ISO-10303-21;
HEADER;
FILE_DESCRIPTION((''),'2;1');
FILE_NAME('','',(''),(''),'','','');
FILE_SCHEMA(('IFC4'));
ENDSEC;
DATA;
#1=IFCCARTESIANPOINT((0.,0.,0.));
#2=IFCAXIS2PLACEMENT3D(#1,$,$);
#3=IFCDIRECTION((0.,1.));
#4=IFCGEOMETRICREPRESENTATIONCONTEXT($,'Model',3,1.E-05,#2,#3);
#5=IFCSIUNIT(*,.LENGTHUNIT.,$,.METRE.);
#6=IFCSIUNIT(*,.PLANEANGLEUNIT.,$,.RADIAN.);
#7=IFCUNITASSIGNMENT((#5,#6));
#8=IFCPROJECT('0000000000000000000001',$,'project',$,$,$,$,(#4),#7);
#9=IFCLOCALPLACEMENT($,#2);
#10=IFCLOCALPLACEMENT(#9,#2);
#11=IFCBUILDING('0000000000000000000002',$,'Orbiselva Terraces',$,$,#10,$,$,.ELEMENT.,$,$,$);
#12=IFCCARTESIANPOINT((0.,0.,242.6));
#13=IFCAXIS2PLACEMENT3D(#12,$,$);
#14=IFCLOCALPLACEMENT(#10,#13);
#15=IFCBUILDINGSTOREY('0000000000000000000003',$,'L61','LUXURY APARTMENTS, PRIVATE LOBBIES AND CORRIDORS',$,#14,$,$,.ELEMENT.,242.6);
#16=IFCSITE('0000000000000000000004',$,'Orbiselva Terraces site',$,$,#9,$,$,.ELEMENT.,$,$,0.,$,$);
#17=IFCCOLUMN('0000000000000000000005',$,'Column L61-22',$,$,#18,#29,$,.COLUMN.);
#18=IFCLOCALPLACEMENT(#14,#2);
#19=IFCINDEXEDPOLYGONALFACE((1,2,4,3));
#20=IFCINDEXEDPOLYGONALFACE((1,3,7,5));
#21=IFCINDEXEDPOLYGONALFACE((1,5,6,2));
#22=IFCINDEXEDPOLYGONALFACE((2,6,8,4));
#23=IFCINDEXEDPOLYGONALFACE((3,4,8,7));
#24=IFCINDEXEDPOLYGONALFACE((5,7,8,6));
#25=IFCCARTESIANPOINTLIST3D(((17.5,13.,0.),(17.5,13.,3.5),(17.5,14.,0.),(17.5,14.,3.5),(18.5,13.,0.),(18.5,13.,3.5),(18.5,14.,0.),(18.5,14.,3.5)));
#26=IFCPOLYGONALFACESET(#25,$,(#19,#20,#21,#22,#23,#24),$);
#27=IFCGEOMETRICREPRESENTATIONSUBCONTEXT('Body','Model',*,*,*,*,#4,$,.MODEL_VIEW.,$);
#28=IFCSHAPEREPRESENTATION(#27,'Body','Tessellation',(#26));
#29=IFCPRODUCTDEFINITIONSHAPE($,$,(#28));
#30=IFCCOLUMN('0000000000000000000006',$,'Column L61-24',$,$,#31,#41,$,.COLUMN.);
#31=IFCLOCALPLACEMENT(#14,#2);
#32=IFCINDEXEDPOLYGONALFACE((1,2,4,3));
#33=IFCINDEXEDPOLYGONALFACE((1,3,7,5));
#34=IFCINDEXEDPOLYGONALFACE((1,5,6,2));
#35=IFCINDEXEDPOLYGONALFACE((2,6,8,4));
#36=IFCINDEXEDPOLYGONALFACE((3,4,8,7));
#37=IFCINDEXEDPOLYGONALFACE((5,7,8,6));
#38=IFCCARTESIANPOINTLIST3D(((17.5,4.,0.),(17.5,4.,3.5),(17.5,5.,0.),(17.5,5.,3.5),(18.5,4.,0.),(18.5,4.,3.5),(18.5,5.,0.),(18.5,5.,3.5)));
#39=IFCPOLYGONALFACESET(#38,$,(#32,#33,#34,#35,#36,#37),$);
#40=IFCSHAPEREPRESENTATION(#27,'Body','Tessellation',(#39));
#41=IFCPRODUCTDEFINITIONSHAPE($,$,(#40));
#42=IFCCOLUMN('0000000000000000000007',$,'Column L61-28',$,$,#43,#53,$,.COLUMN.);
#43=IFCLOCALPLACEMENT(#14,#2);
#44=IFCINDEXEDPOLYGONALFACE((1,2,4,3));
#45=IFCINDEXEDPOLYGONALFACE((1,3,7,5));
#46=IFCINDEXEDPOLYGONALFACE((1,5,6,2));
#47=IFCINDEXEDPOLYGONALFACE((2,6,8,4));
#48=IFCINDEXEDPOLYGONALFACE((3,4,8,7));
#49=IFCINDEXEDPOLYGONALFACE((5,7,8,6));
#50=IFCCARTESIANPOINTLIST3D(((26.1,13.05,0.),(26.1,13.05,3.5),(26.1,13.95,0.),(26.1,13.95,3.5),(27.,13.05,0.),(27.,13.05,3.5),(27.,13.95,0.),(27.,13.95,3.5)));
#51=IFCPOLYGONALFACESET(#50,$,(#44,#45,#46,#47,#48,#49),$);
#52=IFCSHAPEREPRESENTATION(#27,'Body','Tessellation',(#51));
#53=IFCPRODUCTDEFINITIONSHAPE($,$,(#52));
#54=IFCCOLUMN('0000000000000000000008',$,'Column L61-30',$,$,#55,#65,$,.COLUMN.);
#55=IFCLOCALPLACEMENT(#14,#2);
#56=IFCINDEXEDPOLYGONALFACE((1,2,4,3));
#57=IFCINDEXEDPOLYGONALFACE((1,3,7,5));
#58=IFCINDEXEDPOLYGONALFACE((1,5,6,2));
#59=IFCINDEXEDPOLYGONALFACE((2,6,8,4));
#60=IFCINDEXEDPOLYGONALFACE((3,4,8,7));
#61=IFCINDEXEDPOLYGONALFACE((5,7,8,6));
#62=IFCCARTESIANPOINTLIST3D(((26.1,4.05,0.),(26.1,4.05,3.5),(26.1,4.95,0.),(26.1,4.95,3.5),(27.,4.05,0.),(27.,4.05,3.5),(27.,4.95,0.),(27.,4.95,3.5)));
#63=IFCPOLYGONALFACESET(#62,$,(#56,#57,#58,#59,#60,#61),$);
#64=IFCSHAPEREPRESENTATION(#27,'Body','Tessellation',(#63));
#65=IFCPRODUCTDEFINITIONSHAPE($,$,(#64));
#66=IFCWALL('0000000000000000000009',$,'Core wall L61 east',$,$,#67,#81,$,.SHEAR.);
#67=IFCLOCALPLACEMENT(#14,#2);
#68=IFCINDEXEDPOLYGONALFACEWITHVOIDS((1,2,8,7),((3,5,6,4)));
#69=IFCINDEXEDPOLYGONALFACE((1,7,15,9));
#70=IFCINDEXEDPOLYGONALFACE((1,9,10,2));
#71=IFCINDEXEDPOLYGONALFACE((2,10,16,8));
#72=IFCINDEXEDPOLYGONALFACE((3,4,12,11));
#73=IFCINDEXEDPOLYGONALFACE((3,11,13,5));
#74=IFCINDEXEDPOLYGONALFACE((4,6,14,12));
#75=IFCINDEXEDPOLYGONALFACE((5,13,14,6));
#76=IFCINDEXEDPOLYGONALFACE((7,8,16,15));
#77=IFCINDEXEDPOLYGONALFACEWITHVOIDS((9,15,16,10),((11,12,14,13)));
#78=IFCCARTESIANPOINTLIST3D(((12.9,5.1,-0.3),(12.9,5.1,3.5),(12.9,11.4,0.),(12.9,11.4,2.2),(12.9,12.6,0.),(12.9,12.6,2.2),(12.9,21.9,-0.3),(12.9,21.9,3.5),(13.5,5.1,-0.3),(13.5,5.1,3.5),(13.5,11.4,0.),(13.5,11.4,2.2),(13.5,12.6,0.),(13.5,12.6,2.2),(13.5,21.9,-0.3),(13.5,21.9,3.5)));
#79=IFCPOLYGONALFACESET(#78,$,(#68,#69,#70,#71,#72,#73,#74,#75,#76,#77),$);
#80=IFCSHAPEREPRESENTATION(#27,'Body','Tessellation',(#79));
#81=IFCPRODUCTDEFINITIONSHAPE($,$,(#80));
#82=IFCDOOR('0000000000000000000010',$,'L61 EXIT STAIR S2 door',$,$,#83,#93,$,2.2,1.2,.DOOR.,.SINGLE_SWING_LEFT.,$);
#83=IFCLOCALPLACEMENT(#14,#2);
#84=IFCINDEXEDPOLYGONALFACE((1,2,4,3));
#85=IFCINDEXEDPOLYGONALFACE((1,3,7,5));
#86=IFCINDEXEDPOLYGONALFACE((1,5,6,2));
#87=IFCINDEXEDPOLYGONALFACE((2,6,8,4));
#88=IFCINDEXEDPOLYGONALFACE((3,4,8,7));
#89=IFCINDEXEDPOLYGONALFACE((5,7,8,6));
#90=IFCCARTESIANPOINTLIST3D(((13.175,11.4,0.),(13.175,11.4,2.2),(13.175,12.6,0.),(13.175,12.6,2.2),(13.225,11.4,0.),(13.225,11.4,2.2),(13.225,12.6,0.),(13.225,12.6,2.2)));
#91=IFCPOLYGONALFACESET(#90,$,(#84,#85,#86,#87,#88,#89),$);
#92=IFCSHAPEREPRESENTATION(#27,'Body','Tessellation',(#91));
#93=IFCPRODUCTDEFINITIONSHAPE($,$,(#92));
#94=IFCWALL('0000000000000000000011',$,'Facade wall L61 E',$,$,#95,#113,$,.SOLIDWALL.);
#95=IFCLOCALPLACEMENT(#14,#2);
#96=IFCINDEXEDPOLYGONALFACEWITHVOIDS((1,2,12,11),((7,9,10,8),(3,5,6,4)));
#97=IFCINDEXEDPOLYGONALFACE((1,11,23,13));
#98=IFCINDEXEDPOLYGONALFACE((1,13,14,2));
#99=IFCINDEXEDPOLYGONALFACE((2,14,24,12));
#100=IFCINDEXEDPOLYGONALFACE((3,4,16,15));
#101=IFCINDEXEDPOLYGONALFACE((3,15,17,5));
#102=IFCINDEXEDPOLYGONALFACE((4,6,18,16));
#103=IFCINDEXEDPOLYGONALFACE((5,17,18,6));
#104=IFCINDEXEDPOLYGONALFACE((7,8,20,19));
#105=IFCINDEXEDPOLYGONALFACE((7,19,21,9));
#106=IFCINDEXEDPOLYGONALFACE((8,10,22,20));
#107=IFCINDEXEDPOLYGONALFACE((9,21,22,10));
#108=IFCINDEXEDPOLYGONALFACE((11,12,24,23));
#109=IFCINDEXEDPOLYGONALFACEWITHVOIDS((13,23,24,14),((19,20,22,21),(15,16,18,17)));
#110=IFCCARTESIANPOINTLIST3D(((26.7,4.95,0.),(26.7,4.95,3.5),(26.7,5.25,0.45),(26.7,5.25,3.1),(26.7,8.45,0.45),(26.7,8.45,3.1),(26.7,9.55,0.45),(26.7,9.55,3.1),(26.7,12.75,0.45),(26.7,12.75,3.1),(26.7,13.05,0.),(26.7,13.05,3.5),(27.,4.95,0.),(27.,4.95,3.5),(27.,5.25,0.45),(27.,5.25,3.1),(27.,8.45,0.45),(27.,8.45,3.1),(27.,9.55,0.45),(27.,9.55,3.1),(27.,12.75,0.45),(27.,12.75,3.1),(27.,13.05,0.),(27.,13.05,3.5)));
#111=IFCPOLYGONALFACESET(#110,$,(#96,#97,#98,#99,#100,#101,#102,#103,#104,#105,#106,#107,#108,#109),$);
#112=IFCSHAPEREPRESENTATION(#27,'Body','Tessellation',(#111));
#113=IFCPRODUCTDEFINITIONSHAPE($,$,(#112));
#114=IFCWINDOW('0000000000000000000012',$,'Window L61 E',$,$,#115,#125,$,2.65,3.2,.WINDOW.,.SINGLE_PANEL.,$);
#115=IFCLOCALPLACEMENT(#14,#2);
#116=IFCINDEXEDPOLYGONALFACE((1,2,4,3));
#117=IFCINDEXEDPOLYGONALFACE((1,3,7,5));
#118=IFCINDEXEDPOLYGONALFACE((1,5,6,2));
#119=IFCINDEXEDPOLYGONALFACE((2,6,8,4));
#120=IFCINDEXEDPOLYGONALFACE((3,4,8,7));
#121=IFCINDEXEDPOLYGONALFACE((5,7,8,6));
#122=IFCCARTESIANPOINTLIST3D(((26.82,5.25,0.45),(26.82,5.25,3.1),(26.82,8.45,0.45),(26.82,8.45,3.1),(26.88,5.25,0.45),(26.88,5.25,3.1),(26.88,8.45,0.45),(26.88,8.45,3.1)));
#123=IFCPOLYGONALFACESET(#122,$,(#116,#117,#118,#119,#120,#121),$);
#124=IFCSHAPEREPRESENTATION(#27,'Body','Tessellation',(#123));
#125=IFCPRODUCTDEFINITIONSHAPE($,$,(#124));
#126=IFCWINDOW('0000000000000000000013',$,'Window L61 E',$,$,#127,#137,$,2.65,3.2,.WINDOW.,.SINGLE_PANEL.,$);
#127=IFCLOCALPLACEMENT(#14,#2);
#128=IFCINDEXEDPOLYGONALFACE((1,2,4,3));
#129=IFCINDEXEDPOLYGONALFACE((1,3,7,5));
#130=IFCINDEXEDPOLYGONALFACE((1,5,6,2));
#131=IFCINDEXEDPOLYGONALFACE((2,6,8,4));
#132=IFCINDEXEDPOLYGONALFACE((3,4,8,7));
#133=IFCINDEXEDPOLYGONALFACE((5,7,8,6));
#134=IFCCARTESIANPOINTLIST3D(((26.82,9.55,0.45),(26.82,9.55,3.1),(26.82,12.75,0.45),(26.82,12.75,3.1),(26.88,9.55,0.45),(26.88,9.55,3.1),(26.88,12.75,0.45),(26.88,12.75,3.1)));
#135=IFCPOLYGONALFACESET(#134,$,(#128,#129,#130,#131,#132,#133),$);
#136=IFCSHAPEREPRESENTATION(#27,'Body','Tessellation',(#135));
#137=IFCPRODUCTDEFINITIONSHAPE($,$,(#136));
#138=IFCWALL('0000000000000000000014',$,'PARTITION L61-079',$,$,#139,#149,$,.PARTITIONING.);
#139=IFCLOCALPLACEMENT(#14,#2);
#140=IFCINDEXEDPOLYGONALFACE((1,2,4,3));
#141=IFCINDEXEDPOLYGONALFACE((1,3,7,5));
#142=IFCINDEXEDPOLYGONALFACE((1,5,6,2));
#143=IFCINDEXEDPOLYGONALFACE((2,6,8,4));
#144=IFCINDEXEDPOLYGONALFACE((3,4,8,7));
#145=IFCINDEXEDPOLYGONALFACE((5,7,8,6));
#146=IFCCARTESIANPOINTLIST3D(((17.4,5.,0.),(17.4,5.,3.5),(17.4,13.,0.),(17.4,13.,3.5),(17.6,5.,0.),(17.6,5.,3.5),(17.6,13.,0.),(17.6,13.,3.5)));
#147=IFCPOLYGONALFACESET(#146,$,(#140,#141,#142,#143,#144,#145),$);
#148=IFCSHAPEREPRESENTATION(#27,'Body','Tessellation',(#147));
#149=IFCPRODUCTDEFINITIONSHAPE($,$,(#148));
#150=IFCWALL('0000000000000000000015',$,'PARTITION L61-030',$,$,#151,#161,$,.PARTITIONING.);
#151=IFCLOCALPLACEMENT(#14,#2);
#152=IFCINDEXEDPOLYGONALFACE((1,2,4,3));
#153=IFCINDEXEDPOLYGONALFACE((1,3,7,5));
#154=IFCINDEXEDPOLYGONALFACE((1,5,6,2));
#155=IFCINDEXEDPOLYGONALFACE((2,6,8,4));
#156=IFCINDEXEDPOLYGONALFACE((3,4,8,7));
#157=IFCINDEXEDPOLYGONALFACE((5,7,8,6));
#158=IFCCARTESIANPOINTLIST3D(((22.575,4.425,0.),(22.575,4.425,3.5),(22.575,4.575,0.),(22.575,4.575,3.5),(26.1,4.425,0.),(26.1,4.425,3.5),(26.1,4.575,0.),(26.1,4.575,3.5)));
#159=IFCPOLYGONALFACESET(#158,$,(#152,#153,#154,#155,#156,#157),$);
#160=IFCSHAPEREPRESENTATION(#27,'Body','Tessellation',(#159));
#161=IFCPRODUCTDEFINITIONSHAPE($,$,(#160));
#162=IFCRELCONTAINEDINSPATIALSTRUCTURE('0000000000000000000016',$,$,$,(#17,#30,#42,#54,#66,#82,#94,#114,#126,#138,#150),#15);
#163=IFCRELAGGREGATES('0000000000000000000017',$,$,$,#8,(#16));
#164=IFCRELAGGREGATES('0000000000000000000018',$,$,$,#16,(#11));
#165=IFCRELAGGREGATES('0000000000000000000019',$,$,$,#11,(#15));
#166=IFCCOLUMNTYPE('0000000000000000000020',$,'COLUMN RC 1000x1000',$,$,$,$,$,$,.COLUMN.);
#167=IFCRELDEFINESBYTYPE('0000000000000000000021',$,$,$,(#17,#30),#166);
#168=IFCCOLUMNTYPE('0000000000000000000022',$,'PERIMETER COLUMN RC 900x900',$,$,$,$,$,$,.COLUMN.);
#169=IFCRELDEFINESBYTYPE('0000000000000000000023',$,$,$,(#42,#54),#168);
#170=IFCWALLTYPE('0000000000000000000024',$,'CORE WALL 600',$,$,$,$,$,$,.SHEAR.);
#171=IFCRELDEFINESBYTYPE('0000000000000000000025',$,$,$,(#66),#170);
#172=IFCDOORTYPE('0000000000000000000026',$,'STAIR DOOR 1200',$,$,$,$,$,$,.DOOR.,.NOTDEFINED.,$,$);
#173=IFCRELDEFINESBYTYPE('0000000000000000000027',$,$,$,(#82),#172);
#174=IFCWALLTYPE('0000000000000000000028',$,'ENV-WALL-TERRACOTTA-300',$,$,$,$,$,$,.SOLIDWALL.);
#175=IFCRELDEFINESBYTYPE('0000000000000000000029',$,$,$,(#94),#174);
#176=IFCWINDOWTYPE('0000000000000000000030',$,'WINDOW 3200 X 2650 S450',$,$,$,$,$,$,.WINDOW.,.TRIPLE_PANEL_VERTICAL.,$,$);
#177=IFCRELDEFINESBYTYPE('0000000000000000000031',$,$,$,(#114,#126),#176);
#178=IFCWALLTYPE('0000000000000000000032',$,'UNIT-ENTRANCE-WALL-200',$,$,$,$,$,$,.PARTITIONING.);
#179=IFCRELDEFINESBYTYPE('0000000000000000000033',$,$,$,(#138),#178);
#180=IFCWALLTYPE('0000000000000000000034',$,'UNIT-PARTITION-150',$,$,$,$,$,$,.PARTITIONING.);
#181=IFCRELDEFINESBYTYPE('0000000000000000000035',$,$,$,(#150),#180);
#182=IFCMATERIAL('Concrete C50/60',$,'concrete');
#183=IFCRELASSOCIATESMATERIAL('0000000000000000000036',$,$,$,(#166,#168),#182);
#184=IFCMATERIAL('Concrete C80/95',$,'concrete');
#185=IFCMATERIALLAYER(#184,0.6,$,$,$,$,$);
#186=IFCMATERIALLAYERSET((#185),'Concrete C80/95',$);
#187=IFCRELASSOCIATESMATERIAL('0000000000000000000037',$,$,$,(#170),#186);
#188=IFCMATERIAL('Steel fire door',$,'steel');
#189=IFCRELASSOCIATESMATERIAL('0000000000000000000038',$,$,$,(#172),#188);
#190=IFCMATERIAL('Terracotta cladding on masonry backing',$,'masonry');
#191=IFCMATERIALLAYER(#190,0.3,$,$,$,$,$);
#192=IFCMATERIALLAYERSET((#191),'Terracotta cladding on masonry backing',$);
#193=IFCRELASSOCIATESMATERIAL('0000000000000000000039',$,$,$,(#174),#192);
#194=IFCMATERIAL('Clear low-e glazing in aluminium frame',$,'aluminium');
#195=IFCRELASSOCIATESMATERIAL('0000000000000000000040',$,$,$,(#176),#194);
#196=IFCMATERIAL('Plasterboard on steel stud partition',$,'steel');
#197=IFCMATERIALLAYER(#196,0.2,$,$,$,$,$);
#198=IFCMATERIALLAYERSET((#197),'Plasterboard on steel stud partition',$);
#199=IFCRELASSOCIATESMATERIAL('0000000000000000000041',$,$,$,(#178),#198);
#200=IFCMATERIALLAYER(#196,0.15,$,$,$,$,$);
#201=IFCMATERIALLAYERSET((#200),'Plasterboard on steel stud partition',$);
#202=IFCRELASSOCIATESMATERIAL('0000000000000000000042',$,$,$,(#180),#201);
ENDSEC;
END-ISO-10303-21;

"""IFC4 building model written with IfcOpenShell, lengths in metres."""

from ifc_helpers import new_model, si_unit, direction, frame, frame_2d, origin, origin_2d, place, context, subcontext, project, spatial, rectangle, extrude, material, layer, layer_set, material_profile, profile_set, type_object, element, fill, save


model = new_model("IFC4")

# Units and contexts
model_context = context("Model", 3, precision=1e-05, world=origin(), true_north=direction((0.0, 1.0)))
body_context = subcontext(model_context, "Body", "Model", "MODEL_VIEW")
ifc_project = project(units=[si_unit("LENGTHUNIT", "METRE"), si_unit("PLANEANGLEUNIT", "RADIAN")], contexts=[model_context])

# Site, building, storey
site_placement = place(None, origin())
site = spatial("IfcSite", under=ifc_project, at=site_placement, Name="Orbiselva Terraces site", CompositionType="ELEMENT", RefElevation=0.0)
building_placement = place(site_placement, origin())
building = spatial("IfcBuilding", under=site, at=building_placement, Name="Orbiselva Terraces", CompositionType="ELEMENT")
storey_placement = place(building_placement, frame((0.0, 0.0, 242.6)))
storey = spatial("IfcBuildingStorey", under=building, at=storey_placement, Name="L61", Description="LUXURY APARTMENTS, PRIVATE LOBBIES AND CORRIDORS", CompositionType="ELEMENT", Elevation=242.6)

# Columns
ifc_material_1 = material(Name="Concrete C50/60", Category="concrete")
ifc_material_profile_1 = material_profile(ifc_material_1, rectangle(XDim=1.0, YDim=1.0, at=origin_2d()), Name="RC 1000x1000")
ifc_profile_set_1 = profile_set([ifc_material_profile_1], Name="Concrete C50/60")
column_type_1 = type_object("IfcColumnType", Name="COLUMN RC 1000x1000", PredefinedType="COLUMN", material=ifc_profile_set_1)
for number, where, z_axis, x_axis, name in (
    (1, (18.0, 13.5, 0.0), (0.0, 0.0, 1.0), (1.0, 0.0, 0.0), "Column L61-22"),
    (2, (18.0, 4.5, 0.0), (0.0, 0.0, 1.0), (1.0, 0.0, 0.0), "Column L61-24"),
):
    element("IfcColumn", number, at=place(storey_placement, frame(where, z_axis=z_axis, x_axis=x_axis)), inside=storey, type_object=column_type_1, Name=name, PredefinedType="COLUMN", context=body_context, shape_type="SweptSolid", body=[
        extrude(rectangle(XDim=1.0, YDim=1.0, at=origin_2d()), origin(), (0.0, 0.0, 1.0), 3.5),
    ])
ifc_material_profile_2 = material_profile(ifc_material_1, rectangle(XDim=0.9, YDim=0.9, at=origin_2d()), Name="RC 900x900")
ifc_profile_set_2 = profile_set([ifc_material_profile_2], Name="Concrete C50/60")
column_type_2 = type_object("IfcColumnType", Name="PERIMETER COLUMN RC 900x900", PredefinedType="COLUMN", material=ifc_profile_set_2)
for number, where, z_axis, x_axis, name in (
    (3, (26.55, 13.5, 0.0), (0.0, 0.0, 1.0), (1.0, 0.0, 0.0), "Column L61-28"),
    (4, (26.55, 4.5, 0.0), (0.0, 0.0, 1.0), (1.0, 0.0, 0.0), "Column L61-30"),
):
    element("IfcColumn", number, at=place(storey_placement, frame(where, z_axis=z_axis, x_axis=x_axis)), inside=storey, type_object=column_type_2, Name=name, PredefinedType="COLUMN", context=body_context, shape_type="SweptSolid", body=[
        extrude(rectangle(XDim=0.9, YDim=0.9, at=origin_2d()), origin(), (0.0, 0.0, 1.0), 3.5),
    ])

# Wall, opening, door
ifc_material_2 = material(Name="Concrete C80/95", Category="concrete")
ifc_layer_1 = layer(ifc_material_2, 0.6)
ifc_layer_set_1 = layer_set([ifc_layer_1], Name="Concrete C80/95")
wall_type_1 = type_object("IfcWallType", Name="CORE WALL 600", PredefinedType="SHEAR", material=ifc_layer_set_1)
wall_1_placement = place(storey_placement, frame((13.2, 5.1, -0.3), z_axis=(0.0, 0.0, 1.0), x_axis=(0.0, 1.0, 0.0)))
wall_1 = element("IfcWall", 5, at=wall_1_placement, inside=storey, type_object=wall_type_1, Name="Core wall L61 east", PredefinedType="SHEAR", context=body_context, shape_type="SweptSolid", body=[
    extrude(rectangle(XDim=16.8, YDim=0.6, at=frame_2d((8.4, 0.0))), origin(), (0.0, 0.0, 1.0), 3.8),
])
opening_1_placement = place(wall_1_placement, frame((6.3, 0.0, 0.3)))
opening_1 = element("IfcOpeningElement", 6, at=opening_1_placement, cuts=wall_1, PredefinedType="OPENING", context=body_context, shape_type="SweptSolid", body=[
    extrude(rectangle(XDim=1.2, YDim=2.2, at=frame_2d((0.6, 1.1))), frame((0.0, 0.31, 0.0), z_axis=(0.0, -1.0, 0.0), x_axis=(1.0, 0.0, 0.0)), (0.0, 0.0, 1.0), 0.62),
])
ifc_material_3 = material(Name="Steel fire door", Category="steel")
door_type_1 = type_object("IfcDoorType", Name="STAIR DOOR 1200", OperationType="NOTDEFINED", PredefinedType="DOOR", material=ifc_material_3)
door_1_placement = place(opening_1_placement, frame((1.2, 0.0, 0.0), z_axis=(0.0, 0.0, 1.0), x_axis=(-1.0, 0.0, 0.0)))
door_1 = element("IfcDoor", 7, at=door_1_placement, inside=storey, type_object=door_type_1, Name="L61 EXIT STAIR S2 door", OperationType="SINGLE_SWING_LEFT", OverallHeight=2.2, OverallWidth=1.2, PredefinedType="DOOR", context=body_context, shape_type="SweptSolid", body=[
    extrude(rectangle(XDim=1.2, YDim=2.2, at=frame_2d((0.6, 1.1))), frame((0.0, 0.025, 0.0), z_axis=(0.0, -1.0, 0.0), x_axis=(1.0, 0.0, 0.0)), (0.0, 0.0, 1.0), 0.05),
])
fill(opening_1, door_1)

# Wall, openings, windows
ifc_material_4 = material(Name="Terracotta cladding on masonry backing", Category="masonry")
ifc_layer_2 = layer(ifc_material_4, 0.3)
ifc_layer_set_2 = layer_set([ifc_layer_2], Name="Terracotta cladding on masonry backing")
wall_type_2 = type_object("IfcWallType", Name="ENV-WALL-TERRACOTTA-300", PredefinedType="SOLIDWALL", material=ifc_layer_set_2)
wall_2_placement = place(storey_placement, frame((26.85, 13.05, 0.0), z_axis=(0.0, 0.0, 1.0), x_axis=(0.0, -1.0, 0.0)))
wall_2 = element("IfcWall", 8, at=wall_2_placement, inside=storey, type_object=wall_type_2, Name="Facade wall L61 E", PredefinedType="SOLIDWALL", context=body_context, shape_type="SweptSolid", body=[
    extrude(rectangle(XDim=8.1, YDim=0.3, at=frame_2d((4.05, 0.0))), origin(), (0.0, 0.0, 1.0), 3.5),
])
opening_2_placement = place(wall_2_placement, frame((4.6, 0.0, 0.45)))
opening_2 = element("IfcOpeningElement", 9, at=opening_2_placement, cuts=wall_2, PredefinedType="OPENING", context=body_context, shape_type="SweptSolid", body=[
    extrude(rectangle(XDim=3.2, YDim=2.65, at=frame_2d((1.6, 1.325))), frame((0.0, 0.16, 0.0), z_axis=(0.0, -1.0, 0.0), x_axis=(1.0, 0.0, 0.0)), (0.0, 0.0, 1.0), 0.32),
])
opening_3_placement = place(wall_2_placement, frame((0.3, 0.0, 0.45)))
opening_3 = element("IfcOpeningElement", 10, at=opening_3_placement, cuts=wall_2, PredefinedType="OPENING", context=body_context, shape_type="SweptSolid", body=[
    extrude(rectangle(XDim=3.2, YDim=2.65, at=frame_2d((1.6, 1.325))), frame((0.0, 0.16, 0.0), z_axis=(0.0, -1.0, 0.0), x_axis=(1.0, 0.0, 0.0)), (0.0, 0.0, 1.0), 0.32),
])
ifc_material_5 = material(Name="Clear low-e glazing in aluminium frame", Category="aluminium")
window_type = type_object("IfcWindowType", Name="WINDOW 3200 X 2650 S450", PartitioningType="TRIPLE_PANEL_VERTICAL", PredefinedType="WINDOW", material=ifc_material_5)
window_1_placement = place(opening_2_placement, origin())
window_1 = element("IfcWindow", 11, at=window_1_placement, inside=storey, type_object=window_type, Name="Window L61 E", OverallHeight=2.65, OverallWidth=3.2, PartitioningType="SINGLE_PANEL", PredefinedType="WINDOW", context=body_context, shape_type="SweptSolid", body=[
    extrude(rectangle(XDim=3.2, YDim=2.65, at=frame_2d((1.6, 1.325))), frame((0.0, 0.03, 0.0), z_axis=(0.0, -1.0, 0.0), x_axis=(1.0, 0.0, 0.0)), (0.0, 0.0, 1.0), 0.06),
])
fill(opening_2, window_1)
window_2_placement = place(opening_3_placement, origin())
window_2 = element("IfcWindow", 12, at=window_2_placement, inside=storey, type_object=window_type, Name="Window L61 E", OverallHeight=2.65, OverallWidth=3.2, PartitioningType="SINGLE_PANEL", PredefinedType="WINDOW", context=body_context, shape_type="SweptSolid", body=[
    extrude(rectangle(XDim=3.2, YDim=2.65, at=frame_2d((1.6, 1.325))), frame((0.0, 0.03, 0.0), z_axis=(0.0, -1.0, 0.0), x_axis=(1.0, 0.0, 0.0)), (0.0, 0.0, 1.0), 0.06),
])
fill(opening_3, window_2)

# Walls
ifc_material_6 = material(Name="Plasterboard on steel stud partition", Category="steel")
ifc_layer_3 = layer(ifc_material_6, 0.2)
ifc_layer_set_3 = layer_set([ifc_layer_3], Name="Plasterboard on steel stud partition")
wall_type_3 = type_object("IfcWallType", Name="UNIT-ENTRANCE-WALL-200", PredefinedType="PARTITIONING", material=ifc_layer_set_3)
wall_3_placement = place(storey_placement, frame((17.5, 5.0, 0.0), z_axis=(0.0, 0.0, 1.0), x_axis=(0.0, 1.0, 0.0)))
element("IfcWall", 13, at=wall_3_placement, inside=storey, type_object=wall_type_3, Name="PARTITION L61-079", PredefinedType="PARTITIONING", context=body_context, shape_type="SweptSolid", body=[
    extrude(rectangle(XDim=8.0, YDim=0.2, at=frame_2d((4.0, 0.0))), origin(), (0.0, 0.0, 1.0), 3.5),
])
ifc_layer_4 = layer(ifc_material_6, 0.15)
ifc_layer_set_4 = layer_set([ifc_layer_4], Name="Plasterboard on steel stud partition")
wall_type_4 = type_object("IfcWallType", Name="UNIT-PARTITION-150", PredefinedType="PARTITIONING", material=ifc_layer_set_4)
wall_4_placement = place(storey_placement, frame((22.575, 4.5, 0.0), z_axis=(0.0, 0.0, 1.0), x_axis=(1.0, 0.0, 0.0)))
element("IfcWall", 14, at=wall_4_placement, inside=storey, type_object=wall_type_4, Name="PARTITION L61-030", PredefinedType="PARTITIONING", context=body_context, shape_type="SweptSolid", body=[
    extrude(rectangle(XDim=3.525, YDim=0.15, at=frame_2d((1.7625, 0.0))), origin(), (0.0, 0.0, 1.0), 3.5),
])

save(model, "model.ifc")
